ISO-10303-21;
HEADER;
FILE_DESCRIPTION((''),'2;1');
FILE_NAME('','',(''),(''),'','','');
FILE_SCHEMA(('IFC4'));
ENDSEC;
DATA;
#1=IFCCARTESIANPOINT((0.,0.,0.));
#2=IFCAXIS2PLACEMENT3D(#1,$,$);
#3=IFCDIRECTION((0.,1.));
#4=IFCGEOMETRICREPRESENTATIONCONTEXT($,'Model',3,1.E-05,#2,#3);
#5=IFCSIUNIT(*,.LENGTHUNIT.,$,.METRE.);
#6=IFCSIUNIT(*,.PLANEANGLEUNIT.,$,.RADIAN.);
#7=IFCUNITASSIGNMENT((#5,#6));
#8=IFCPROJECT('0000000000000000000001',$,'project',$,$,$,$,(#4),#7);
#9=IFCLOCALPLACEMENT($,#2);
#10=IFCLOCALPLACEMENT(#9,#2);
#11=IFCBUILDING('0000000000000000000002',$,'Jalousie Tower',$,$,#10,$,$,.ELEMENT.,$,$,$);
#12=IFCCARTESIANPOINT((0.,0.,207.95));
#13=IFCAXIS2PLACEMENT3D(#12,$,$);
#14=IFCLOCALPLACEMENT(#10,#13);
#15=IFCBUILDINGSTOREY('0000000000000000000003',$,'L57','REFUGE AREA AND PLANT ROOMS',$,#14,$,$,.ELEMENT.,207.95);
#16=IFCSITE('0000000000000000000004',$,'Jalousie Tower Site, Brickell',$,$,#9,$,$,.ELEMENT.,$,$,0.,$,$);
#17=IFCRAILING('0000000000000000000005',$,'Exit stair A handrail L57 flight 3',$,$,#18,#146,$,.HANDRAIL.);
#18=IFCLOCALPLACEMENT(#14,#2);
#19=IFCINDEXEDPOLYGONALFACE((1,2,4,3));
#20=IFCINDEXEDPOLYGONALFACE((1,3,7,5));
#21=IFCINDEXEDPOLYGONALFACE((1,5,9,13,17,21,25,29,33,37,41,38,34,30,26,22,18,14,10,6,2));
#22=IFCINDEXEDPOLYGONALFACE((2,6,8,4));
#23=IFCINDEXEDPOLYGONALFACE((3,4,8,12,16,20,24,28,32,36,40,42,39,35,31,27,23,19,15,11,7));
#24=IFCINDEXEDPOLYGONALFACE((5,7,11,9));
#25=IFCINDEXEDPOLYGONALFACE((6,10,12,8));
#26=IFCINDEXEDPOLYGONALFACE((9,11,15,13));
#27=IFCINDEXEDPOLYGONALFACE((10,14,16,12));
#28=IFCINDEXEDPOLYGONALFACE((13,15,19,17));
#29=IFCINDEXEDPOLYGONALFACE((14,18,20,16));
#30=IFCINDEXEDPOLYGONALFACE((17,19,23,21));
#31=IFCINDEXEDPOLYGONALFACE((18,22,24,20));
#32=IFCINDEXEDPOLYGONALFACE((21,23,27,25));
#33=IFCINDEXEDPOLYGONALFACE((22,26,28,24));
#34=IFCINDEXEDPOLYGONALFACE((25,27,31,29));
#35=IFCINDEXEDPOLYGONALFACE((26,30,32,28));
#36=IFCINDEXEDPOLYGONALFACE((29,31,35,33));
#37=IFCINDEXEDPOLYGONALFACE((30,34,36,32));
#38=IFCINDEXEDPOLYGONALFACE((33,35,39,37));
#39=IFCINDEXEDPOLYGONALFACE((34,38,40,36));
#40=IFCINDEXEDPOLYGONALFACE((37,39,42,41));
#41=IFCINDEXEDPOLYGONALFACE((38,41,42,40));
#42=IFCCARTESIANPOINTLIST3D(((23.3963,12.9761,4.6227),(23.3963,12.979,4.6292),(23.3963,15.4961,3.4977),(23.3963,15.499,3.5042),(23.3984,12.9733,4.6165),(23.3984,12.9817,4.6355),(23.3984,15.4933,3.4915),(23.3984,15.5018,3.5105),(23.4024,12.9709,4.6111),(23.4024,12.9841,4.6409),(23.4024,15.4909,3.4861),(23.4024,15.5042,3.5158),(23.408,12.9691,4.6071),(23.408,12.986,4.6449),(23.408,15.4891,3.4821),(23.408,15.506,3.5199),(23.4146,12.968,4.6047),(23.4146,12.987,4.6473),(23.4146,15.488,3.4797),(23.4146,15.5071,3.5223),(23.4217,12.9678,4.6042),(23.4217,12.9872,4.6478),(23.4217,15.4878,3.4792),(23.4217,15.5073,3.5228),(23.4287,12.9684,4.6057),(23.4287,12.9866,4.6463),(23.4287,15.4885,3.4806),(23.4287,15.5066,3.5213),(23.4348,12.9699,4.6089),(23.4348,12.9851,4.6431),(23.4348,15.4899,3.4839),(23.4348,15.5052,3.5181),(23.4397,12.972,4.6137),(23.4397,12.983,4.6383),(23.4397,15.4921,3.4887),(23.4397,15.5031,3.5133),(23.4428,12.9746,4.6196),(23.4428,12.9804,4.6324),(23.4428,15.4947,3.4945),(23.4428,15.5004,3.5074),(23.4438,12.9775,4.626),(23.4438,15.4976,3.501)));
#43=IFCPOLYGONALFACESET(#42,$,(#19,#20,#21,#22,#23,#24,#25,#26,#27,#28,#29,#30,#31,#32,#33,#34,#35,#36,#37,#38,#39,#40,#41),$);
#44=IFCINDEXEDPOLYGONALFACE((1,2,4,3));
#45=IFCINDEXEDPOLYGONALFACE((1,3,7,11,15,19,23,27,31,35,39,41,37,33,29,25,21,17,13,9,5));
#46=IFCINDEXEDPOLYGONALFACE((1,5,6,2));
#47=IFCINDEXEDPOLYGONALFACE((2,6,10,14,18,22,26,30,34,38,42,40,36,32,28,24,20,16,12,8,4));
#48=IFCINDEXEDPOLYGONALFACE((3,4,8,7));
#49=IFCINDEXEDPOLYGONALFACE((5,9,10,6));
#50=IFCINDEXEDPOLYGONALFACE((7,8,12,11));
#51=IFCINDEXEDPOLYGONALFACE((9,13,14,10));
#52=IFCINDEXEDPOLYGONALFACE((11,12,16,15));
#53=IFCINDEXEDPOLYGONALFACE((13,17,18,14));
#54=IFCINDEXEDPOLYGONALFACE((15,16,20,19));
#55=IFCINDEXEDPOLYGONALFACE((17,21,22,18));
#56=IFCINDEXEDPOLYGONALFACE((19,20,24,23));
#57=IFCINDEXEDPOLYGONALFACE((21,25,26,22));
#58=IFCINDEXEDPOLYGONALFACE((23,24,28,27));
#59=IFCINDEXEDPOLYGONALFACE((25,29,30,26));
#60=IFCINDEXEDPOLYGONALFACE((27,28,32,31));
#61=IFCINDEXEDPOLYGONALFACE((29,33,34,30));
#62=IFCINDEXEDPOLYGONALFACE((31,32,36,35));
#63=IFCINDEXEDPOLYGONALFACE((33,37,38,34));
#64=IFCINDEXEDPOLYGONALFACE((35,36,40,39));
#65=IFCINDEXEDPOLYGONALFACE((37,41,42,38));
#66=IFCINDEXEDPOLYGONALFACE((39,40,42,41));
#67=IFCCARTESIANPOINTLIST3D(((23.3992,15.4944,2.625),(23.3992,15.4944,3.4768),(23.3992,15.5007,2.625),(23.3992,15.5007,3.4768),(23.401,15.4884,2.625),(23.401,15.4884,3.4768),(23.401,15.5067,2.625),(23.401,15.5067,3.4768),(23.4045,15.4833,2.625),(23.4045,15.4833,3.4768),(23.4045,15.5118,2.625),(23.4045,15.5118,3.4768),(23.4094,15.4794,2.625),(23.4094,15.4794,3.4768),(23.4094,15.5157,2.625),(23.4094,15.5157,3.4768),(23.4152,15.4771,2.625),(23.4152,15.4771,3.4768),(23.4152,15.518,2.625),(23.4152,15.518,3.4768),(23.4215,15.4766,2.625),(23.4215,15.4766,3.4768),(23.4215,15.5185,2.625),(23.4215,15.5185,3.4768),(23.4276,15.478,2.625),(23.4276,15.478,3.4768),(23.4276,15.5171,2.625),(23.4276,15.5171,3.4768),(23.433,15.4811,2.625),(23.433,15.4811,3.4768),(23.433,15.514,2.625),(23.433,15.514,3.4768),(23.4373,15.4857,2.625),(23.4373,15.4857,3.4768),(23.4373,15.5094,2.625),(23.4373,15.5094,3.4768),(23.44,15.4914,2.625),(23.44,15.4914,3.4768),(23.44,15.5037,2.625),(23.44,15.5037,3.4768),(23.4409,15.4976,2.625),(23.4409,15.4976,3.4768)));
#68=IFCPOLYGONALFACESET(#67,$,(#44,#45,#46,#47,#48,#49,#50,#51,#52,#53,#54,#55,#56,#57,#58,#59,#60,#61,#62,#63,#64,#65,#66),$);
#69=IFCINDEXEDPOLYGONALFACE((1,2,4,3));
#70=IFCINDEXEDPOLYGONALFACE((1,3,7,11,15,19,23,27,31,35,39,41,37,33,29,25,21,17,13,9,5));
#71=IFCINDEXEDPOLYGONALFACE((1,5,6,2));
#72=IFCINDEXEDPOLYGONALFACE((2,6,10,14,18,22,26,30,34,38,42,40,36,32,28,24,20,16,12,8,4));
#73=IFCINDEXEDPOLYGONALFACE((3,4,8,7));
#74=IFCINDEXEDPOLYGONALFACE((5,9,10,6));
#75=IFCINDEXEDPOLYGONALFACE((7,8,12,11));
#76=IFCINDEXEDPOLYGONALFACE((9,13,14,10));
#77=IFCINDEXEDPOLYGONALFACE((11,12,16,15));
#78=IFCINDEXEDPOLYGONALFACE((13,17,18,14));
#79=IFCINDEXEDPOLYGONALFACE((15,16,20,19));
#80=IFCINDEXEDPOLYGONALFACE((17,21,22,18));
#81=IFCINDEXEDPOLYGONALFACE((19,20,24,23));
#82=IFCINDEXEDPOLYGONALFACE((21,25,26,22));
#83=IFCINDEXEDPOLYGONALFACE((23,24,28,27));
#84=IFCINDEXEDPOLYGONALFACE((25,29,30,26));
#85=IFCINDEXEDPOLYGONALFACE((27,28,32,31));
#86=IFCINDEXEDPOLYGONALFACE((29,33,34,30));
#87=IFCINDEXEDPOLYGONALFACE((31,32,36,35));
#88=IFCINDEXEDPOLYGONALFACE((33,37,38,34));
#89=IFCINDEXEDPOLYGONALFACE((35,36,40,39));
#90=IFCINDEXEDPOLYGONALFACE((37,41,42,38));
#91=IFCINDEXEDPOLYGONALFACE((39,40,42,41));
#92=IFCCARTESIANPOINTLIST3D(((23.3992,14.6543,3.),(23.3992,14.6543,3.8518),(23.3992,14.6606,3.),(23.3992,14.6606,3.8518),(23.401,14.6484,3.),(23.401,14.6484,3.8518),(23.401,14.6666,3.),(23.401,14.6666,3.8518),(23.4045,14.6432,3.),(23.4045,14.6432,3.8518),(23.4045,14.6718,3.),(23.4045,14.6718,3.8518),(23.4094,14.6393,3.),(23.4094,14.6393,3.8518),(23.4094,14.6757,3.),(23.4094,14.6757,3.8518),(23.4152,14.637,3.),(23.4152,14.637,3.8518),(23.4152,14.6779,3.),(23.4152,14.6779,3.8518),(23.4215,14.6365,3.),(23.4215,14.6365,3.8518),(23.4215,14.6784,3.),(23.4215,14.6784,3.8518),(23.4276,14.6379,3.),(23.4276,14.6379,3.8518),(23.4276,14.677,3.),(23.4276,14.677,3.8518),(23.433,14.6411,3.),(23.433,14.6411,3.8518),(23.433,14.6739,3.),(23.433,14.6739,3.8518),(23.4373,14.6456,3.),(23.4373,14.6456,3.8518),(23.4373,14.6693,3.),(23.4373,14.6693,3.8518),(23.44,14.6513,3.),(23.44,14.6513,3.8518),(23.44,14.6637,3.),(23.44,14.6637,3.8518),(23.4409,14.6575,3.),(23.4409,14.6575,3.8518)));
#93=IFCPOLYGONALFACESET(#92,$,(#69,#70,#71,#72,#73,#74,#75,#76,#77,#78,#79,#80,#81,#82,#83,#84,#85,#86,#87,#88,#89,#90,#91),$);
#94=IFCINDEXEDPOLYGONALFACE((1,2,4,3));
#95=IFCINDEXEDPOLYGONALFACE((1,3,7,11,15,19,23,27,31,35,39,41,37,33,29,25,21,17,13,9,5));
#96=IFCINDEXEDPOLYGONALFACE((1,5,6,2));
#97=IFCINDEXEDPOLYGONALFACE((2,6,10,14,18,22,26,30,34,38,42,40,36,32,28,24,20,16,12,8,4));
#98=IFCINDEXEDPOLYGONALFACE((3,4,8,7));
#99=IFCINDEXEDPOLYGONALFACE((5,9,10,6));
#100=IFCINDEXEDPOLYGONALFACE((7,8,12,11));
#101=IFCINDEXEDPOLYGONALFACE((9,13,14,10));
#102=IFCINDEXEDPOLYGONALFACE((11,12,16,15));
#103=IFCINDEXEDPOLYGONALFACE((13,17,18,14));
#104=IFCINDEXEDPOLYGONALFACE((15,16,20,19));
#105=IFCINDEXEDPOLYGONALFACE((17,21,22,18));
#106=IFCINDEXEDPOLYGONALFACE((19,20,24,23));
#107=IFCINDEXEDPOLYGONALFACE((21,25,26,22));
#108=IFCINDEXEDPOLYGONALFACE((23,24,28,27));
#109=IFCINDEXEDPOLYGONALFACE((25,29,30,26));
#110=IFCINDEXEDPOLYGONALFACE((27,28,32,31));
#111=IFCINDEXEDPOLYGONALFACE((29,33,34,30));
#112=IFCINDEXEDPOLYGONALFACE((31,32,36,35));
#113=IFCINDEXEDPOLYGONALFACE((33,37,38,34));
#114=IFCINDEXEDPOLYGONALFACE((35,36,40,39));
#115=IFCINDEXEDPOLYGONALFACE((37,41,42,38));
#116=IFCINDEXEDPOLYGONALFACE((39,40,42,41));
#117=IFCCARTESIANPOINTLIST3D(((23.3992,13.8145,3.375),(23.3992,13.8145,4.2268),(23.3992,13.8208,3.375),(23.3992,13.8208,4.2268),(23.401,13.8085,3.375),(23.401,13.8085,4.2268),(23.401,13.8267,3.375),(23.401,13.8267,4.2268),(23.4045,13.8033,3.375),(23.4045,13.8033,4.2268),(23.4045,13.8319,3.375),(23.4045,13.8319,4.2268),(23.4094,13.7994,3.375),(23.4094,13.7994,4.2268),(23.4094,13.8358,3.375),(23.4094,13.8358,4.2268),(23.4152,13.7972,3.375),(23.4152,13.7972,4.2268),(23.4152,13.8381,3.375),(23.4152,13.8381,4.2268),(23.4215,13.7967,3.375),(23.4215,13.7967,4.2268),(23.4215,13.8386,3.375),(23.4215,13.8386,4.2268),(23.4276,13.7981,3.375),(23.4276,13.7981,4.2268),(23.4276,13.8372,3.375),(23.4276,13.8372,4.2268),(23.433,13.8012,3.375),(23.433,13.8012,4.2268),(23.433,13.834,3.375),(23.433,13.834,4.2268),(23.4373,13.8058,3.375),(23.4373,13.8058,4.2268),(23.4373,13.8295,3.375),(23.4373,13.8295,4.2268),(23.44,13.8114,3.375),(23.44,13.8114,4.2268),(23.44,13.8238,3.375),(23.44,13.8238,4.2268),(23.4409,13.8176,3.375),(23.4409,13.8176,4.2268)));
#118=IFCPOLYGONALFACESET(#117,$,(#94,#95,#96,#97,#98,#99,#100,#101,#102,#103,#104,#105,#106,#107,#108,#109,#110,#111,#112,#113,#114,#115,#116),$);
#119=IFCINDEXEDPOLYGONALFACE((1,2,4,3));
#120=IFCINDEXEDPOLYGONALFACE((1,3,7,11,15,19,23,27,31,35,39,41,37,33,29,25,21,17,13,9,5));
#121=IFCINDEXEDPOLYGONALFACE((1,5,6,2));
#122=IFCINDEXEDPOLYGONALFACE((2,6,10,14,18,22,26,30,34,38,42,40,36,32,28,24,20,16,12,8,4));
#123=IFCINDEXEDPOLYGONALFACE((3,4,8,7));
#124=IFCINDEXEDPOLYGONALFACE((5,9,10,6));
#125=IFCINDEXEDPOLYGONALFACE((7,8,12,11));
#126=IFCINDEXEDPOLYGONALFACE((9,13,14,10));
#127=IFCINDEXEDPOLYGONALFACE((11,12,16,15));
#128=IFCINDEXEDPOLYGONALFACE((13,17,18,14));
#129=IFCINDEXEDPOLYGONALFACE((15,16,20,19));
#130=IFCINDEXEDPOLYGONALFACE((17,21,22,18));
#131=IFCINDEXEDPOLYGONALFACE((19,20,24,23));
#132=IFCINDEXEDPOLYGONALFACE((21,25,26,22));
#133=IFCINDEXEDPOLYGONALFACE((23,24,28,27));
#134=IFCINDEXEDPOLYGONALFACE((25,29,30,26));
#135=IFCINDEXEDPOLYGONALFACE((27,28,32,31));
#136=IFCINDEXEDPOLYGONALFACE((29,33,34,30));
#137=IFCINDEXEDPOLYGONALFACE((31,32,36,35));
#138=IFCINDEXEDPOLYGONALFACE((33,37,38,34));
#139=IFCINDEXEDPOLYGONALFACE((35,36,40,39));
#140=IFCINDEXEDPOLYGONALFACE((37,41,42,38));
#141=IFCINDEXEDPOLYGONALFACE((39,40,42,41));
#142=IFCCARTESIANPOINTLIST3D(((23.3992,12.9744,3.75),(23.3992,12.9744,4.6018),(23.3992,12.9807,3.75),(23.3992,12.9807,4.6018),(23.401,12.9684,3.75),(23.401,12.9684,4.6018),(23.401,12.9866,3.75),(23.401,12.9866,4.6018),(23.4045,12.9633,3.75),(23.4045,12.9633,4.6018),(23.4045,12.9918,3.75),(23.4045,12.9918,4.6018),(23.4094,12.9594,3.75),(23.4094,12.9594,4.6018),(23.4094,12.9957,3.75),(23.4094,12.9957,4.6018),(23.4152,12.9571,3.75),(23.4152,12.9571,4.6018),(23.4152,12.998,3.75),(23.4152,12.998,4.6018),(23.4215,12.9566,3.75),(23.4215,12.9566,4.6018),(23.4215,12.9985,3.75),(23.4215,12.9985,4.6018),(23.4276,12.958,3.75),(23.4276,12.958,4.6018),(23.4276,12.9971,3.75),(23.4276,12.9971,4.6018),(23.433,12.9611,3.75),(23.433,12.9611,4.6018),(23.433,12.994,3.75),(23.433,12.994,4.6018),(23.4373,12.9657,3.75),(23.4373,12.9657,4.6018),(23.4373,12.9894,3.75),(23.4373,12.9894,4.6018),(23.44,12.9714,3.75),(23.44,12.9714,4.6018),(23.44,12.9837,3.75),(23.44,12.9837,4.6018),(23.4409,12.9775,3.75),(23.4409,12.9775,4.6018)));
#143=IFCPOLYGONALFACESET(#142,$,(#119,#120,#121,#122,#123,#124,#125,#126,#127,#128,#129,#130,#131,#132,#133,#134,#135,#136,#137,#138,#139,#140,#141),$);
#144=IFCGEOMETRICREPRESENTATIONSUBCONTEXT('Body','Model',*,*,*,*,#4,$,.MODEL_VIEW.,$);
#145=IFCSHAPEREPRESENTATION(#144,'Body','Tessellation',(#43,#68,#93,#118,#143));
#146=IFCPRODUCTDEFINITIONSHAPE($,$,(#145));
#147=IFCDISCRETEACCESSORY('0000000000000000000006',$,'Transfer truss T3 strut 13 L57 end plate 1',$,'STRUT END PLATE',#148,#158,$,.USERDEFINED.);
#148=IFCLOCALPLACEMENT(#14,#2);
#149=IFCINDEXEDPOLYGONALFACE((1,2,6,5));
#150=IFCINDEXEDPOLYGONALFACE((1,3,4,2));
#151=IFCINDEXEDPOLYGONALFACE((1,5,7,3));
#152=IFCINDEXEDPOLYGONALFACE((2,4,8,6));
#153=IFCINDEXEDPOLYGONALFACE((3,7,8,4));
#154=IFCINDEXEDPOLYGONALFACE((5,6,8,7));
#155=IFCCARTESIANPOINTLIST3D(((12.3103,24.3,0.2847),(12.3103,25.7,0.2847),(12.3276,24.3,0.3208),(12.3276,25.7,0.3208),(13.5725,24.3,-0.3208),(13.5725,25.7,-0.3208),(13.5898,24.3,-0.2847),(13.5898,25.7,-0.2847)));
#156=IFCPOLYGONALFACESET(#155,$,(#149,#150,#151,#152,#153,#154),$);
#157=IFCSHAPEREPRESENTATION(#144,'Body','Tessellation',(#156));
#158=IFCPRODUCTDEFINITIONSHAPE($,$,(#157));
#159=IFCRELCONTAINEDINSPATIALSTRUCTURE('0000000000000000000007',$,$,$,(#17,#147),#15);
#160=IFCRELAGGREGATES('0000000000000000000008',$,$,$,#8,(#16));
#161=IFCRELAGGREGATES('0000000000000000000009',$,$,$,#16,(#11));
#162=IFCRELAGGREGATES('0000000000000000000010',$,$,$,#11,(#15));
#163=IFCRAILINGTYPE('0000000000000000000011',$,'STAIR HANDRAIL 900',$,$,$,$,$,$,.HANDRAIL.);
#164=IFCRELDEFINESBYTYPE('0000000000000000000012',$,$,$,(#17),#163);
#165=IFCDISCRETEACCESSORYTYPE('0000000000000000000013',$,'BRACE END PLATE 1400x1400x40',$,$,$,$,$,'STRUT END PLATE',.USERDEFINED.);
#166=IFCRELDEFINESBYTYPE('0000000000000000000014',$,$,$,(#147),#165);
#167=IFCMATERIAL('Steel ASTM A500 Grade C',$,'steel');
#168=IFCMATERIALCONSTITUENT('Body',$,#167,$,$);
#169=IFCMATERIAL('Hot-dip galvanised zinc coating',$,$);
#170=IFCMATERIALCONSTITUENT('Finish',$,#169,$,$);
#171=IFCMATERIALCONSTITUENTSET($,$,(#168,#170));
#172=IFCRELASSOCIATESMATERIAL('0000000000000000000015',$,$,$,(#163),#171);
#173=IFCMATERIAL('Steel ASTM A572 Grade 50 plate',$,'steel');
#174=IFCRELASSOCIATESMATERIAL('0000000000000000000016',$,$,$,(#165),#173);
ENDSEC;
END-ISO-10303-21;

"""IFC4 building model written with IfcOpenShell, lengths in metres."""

from ifc_helpers import new_model, si_unit, direction, frame, origin, origin_2d, place, context, subcontext, project, spatial, rectangle, circle, extrude, material, constituent, constituent_set, material_profile, profile_set, type_object, element, save


model = new_model("IFC4")

# Units and contexts
model_context = context("Model", 3, precision=1e-05, world=origin(), true_north=direction((0.0, 1.0)))
body_context = subcontext(model_context, "Body", "Model", "MODEL_VIEW")
ifc_project = project(units=[si_unit("LENGTHUNIT", "METRE"), si_unit("PLANEANGLEUNIT", "RADIAN")], contexts=[model_context])

# Site, building, storey
site_placement = place(None, origin())
site = spatial("IfcSite", under=ifc_project, at=site_placement, Name="Jalousie Tower Site, Brickell", CompositionType="ELEMENT", RefElevation=0.0)
building_placement = place(site_placement, origin())
building = spatial("IfcBuilding", under=site, at=building_placement, Name="Jalousie Tower", CompositionType="ELEMENT")
storey_placement = place(building_placement, frame((0.0, 0.0, 207.95)))
storey = spatial("IfcBuildingStorey", under=building, at=storey_placement, Name="L57", Description="REFUGE AREA AND PLANT ROOMS", CompositionType="ELEMENT", Elevation=207.95)

# Railing
ifc_material_1 = material(Name="Steel ASTM A500 Grade C", Category="steel")
ifc_constituent_1 = constituent(ifc_material_1, Name="Body")
ifc_material_2 = material(Name="Hot-dip galvanised zinc coating")
ifc_constituent_2 = constituent(ifc_material_2, Name="Finish")
ifc_constituent_set_1 = constituent_set(constituents=[ifc_constituent_1, ifc_constituent_2])
railing_type_1 = type_object("IfcRailingType", Name="STAIR HANDRAIL 900", PredefinedType="HANDRAIL", material=ifc_constituent_set_1)
for number, where, name in (
    (1, (23.4199, 15.4976, 2.625), "Exit stair A handrail L57 flight 3"),
):
    element("IfcRailing", number, at=place(storey_placement, frame(where)), inside=storey, type_object=railing_type_1, Name=name, PredefinedType="HANDRAIL", context=body_context, shape_type="SweptSolid", body=[
        extrude(circle(Radius=0.0239, at=origin_2d()), frame((0.0, 0.0, 0.876), z_axis=(0.0, -0.913139, 0.407648), x_axis=(1.0, 0.0, 0.0)), (0.0, 0.0, 1.0), 2.7598),
        extrude(circle(Radius=0.021, at=origin_2d()), origin(), (0.0, 0.0, 1.0), 0.8518),
        extrude(circle(Radius=0.021, at=origin_2d()), frame((0.0, -0.8401, 0.375)), (0.0, 0.0, 1.0), 0.8518),
        extrude(circle(Radius=0.021, at=origin_2d()), frame((0.0, -1.6799, 0.75)), (0.0, 0.0, 1.0), 0.8518),
        extrude(circle(Radius=0.021, at=origin_2d()), frame((0.0, -2.52, 1.125)), (0.0, 0.0, 1.0), 0.8518),
    ])

# Discrete accessory
ifc_material_3 = material(Name="Steel ASTM A572 Grade 50 plate", Category="steel")
ifc_material_profile_1 = material_profile(ifc_material_3, rectangle(XDim=1.3999, YDim=1.3999, at=origin_2d()), Name="BRACE END PLATE 1400x1400x40")
ifc_profile_set_1 = profile_set([ifc_material_profile_1], Name="Steel ASTM A572 Grade 50 plate")
discrete_accessory_type = type_object("IfcDiscreteAccessoryType", Name="BRACE END PLATE 1400x1400x40", ElementType="STRUT END PLATE", PredefinedType="USERDEFINED", material=ifc_profile_set_1)
discrete_accessory_placement = place(storey_placement, frame((12.9414, 25.0, -0.0181), z_axis=(0.432533, 0.0, 0.901618), x_axis=(0.0, 1.0, 0.0)))
element("IfcDiscreteAccessory", 2, at=discrete_accessory_placement, inside=storey, type_object=discrete_accessory_type, Name="Transfer truss T3 strut 13 L57 end plate 1", ObjectType="STRUT END PLATE", PredefinedType="USERDEFINED", context=body_context, shape_type="SweptSolid", body=[
    extrude(rectangle(XDim=1.3999, YDim=1.3999, at=origin_2d()), origin(), (0.0, 0.0, 1.0), 0.04),
])

save(model, "model.ifc")
